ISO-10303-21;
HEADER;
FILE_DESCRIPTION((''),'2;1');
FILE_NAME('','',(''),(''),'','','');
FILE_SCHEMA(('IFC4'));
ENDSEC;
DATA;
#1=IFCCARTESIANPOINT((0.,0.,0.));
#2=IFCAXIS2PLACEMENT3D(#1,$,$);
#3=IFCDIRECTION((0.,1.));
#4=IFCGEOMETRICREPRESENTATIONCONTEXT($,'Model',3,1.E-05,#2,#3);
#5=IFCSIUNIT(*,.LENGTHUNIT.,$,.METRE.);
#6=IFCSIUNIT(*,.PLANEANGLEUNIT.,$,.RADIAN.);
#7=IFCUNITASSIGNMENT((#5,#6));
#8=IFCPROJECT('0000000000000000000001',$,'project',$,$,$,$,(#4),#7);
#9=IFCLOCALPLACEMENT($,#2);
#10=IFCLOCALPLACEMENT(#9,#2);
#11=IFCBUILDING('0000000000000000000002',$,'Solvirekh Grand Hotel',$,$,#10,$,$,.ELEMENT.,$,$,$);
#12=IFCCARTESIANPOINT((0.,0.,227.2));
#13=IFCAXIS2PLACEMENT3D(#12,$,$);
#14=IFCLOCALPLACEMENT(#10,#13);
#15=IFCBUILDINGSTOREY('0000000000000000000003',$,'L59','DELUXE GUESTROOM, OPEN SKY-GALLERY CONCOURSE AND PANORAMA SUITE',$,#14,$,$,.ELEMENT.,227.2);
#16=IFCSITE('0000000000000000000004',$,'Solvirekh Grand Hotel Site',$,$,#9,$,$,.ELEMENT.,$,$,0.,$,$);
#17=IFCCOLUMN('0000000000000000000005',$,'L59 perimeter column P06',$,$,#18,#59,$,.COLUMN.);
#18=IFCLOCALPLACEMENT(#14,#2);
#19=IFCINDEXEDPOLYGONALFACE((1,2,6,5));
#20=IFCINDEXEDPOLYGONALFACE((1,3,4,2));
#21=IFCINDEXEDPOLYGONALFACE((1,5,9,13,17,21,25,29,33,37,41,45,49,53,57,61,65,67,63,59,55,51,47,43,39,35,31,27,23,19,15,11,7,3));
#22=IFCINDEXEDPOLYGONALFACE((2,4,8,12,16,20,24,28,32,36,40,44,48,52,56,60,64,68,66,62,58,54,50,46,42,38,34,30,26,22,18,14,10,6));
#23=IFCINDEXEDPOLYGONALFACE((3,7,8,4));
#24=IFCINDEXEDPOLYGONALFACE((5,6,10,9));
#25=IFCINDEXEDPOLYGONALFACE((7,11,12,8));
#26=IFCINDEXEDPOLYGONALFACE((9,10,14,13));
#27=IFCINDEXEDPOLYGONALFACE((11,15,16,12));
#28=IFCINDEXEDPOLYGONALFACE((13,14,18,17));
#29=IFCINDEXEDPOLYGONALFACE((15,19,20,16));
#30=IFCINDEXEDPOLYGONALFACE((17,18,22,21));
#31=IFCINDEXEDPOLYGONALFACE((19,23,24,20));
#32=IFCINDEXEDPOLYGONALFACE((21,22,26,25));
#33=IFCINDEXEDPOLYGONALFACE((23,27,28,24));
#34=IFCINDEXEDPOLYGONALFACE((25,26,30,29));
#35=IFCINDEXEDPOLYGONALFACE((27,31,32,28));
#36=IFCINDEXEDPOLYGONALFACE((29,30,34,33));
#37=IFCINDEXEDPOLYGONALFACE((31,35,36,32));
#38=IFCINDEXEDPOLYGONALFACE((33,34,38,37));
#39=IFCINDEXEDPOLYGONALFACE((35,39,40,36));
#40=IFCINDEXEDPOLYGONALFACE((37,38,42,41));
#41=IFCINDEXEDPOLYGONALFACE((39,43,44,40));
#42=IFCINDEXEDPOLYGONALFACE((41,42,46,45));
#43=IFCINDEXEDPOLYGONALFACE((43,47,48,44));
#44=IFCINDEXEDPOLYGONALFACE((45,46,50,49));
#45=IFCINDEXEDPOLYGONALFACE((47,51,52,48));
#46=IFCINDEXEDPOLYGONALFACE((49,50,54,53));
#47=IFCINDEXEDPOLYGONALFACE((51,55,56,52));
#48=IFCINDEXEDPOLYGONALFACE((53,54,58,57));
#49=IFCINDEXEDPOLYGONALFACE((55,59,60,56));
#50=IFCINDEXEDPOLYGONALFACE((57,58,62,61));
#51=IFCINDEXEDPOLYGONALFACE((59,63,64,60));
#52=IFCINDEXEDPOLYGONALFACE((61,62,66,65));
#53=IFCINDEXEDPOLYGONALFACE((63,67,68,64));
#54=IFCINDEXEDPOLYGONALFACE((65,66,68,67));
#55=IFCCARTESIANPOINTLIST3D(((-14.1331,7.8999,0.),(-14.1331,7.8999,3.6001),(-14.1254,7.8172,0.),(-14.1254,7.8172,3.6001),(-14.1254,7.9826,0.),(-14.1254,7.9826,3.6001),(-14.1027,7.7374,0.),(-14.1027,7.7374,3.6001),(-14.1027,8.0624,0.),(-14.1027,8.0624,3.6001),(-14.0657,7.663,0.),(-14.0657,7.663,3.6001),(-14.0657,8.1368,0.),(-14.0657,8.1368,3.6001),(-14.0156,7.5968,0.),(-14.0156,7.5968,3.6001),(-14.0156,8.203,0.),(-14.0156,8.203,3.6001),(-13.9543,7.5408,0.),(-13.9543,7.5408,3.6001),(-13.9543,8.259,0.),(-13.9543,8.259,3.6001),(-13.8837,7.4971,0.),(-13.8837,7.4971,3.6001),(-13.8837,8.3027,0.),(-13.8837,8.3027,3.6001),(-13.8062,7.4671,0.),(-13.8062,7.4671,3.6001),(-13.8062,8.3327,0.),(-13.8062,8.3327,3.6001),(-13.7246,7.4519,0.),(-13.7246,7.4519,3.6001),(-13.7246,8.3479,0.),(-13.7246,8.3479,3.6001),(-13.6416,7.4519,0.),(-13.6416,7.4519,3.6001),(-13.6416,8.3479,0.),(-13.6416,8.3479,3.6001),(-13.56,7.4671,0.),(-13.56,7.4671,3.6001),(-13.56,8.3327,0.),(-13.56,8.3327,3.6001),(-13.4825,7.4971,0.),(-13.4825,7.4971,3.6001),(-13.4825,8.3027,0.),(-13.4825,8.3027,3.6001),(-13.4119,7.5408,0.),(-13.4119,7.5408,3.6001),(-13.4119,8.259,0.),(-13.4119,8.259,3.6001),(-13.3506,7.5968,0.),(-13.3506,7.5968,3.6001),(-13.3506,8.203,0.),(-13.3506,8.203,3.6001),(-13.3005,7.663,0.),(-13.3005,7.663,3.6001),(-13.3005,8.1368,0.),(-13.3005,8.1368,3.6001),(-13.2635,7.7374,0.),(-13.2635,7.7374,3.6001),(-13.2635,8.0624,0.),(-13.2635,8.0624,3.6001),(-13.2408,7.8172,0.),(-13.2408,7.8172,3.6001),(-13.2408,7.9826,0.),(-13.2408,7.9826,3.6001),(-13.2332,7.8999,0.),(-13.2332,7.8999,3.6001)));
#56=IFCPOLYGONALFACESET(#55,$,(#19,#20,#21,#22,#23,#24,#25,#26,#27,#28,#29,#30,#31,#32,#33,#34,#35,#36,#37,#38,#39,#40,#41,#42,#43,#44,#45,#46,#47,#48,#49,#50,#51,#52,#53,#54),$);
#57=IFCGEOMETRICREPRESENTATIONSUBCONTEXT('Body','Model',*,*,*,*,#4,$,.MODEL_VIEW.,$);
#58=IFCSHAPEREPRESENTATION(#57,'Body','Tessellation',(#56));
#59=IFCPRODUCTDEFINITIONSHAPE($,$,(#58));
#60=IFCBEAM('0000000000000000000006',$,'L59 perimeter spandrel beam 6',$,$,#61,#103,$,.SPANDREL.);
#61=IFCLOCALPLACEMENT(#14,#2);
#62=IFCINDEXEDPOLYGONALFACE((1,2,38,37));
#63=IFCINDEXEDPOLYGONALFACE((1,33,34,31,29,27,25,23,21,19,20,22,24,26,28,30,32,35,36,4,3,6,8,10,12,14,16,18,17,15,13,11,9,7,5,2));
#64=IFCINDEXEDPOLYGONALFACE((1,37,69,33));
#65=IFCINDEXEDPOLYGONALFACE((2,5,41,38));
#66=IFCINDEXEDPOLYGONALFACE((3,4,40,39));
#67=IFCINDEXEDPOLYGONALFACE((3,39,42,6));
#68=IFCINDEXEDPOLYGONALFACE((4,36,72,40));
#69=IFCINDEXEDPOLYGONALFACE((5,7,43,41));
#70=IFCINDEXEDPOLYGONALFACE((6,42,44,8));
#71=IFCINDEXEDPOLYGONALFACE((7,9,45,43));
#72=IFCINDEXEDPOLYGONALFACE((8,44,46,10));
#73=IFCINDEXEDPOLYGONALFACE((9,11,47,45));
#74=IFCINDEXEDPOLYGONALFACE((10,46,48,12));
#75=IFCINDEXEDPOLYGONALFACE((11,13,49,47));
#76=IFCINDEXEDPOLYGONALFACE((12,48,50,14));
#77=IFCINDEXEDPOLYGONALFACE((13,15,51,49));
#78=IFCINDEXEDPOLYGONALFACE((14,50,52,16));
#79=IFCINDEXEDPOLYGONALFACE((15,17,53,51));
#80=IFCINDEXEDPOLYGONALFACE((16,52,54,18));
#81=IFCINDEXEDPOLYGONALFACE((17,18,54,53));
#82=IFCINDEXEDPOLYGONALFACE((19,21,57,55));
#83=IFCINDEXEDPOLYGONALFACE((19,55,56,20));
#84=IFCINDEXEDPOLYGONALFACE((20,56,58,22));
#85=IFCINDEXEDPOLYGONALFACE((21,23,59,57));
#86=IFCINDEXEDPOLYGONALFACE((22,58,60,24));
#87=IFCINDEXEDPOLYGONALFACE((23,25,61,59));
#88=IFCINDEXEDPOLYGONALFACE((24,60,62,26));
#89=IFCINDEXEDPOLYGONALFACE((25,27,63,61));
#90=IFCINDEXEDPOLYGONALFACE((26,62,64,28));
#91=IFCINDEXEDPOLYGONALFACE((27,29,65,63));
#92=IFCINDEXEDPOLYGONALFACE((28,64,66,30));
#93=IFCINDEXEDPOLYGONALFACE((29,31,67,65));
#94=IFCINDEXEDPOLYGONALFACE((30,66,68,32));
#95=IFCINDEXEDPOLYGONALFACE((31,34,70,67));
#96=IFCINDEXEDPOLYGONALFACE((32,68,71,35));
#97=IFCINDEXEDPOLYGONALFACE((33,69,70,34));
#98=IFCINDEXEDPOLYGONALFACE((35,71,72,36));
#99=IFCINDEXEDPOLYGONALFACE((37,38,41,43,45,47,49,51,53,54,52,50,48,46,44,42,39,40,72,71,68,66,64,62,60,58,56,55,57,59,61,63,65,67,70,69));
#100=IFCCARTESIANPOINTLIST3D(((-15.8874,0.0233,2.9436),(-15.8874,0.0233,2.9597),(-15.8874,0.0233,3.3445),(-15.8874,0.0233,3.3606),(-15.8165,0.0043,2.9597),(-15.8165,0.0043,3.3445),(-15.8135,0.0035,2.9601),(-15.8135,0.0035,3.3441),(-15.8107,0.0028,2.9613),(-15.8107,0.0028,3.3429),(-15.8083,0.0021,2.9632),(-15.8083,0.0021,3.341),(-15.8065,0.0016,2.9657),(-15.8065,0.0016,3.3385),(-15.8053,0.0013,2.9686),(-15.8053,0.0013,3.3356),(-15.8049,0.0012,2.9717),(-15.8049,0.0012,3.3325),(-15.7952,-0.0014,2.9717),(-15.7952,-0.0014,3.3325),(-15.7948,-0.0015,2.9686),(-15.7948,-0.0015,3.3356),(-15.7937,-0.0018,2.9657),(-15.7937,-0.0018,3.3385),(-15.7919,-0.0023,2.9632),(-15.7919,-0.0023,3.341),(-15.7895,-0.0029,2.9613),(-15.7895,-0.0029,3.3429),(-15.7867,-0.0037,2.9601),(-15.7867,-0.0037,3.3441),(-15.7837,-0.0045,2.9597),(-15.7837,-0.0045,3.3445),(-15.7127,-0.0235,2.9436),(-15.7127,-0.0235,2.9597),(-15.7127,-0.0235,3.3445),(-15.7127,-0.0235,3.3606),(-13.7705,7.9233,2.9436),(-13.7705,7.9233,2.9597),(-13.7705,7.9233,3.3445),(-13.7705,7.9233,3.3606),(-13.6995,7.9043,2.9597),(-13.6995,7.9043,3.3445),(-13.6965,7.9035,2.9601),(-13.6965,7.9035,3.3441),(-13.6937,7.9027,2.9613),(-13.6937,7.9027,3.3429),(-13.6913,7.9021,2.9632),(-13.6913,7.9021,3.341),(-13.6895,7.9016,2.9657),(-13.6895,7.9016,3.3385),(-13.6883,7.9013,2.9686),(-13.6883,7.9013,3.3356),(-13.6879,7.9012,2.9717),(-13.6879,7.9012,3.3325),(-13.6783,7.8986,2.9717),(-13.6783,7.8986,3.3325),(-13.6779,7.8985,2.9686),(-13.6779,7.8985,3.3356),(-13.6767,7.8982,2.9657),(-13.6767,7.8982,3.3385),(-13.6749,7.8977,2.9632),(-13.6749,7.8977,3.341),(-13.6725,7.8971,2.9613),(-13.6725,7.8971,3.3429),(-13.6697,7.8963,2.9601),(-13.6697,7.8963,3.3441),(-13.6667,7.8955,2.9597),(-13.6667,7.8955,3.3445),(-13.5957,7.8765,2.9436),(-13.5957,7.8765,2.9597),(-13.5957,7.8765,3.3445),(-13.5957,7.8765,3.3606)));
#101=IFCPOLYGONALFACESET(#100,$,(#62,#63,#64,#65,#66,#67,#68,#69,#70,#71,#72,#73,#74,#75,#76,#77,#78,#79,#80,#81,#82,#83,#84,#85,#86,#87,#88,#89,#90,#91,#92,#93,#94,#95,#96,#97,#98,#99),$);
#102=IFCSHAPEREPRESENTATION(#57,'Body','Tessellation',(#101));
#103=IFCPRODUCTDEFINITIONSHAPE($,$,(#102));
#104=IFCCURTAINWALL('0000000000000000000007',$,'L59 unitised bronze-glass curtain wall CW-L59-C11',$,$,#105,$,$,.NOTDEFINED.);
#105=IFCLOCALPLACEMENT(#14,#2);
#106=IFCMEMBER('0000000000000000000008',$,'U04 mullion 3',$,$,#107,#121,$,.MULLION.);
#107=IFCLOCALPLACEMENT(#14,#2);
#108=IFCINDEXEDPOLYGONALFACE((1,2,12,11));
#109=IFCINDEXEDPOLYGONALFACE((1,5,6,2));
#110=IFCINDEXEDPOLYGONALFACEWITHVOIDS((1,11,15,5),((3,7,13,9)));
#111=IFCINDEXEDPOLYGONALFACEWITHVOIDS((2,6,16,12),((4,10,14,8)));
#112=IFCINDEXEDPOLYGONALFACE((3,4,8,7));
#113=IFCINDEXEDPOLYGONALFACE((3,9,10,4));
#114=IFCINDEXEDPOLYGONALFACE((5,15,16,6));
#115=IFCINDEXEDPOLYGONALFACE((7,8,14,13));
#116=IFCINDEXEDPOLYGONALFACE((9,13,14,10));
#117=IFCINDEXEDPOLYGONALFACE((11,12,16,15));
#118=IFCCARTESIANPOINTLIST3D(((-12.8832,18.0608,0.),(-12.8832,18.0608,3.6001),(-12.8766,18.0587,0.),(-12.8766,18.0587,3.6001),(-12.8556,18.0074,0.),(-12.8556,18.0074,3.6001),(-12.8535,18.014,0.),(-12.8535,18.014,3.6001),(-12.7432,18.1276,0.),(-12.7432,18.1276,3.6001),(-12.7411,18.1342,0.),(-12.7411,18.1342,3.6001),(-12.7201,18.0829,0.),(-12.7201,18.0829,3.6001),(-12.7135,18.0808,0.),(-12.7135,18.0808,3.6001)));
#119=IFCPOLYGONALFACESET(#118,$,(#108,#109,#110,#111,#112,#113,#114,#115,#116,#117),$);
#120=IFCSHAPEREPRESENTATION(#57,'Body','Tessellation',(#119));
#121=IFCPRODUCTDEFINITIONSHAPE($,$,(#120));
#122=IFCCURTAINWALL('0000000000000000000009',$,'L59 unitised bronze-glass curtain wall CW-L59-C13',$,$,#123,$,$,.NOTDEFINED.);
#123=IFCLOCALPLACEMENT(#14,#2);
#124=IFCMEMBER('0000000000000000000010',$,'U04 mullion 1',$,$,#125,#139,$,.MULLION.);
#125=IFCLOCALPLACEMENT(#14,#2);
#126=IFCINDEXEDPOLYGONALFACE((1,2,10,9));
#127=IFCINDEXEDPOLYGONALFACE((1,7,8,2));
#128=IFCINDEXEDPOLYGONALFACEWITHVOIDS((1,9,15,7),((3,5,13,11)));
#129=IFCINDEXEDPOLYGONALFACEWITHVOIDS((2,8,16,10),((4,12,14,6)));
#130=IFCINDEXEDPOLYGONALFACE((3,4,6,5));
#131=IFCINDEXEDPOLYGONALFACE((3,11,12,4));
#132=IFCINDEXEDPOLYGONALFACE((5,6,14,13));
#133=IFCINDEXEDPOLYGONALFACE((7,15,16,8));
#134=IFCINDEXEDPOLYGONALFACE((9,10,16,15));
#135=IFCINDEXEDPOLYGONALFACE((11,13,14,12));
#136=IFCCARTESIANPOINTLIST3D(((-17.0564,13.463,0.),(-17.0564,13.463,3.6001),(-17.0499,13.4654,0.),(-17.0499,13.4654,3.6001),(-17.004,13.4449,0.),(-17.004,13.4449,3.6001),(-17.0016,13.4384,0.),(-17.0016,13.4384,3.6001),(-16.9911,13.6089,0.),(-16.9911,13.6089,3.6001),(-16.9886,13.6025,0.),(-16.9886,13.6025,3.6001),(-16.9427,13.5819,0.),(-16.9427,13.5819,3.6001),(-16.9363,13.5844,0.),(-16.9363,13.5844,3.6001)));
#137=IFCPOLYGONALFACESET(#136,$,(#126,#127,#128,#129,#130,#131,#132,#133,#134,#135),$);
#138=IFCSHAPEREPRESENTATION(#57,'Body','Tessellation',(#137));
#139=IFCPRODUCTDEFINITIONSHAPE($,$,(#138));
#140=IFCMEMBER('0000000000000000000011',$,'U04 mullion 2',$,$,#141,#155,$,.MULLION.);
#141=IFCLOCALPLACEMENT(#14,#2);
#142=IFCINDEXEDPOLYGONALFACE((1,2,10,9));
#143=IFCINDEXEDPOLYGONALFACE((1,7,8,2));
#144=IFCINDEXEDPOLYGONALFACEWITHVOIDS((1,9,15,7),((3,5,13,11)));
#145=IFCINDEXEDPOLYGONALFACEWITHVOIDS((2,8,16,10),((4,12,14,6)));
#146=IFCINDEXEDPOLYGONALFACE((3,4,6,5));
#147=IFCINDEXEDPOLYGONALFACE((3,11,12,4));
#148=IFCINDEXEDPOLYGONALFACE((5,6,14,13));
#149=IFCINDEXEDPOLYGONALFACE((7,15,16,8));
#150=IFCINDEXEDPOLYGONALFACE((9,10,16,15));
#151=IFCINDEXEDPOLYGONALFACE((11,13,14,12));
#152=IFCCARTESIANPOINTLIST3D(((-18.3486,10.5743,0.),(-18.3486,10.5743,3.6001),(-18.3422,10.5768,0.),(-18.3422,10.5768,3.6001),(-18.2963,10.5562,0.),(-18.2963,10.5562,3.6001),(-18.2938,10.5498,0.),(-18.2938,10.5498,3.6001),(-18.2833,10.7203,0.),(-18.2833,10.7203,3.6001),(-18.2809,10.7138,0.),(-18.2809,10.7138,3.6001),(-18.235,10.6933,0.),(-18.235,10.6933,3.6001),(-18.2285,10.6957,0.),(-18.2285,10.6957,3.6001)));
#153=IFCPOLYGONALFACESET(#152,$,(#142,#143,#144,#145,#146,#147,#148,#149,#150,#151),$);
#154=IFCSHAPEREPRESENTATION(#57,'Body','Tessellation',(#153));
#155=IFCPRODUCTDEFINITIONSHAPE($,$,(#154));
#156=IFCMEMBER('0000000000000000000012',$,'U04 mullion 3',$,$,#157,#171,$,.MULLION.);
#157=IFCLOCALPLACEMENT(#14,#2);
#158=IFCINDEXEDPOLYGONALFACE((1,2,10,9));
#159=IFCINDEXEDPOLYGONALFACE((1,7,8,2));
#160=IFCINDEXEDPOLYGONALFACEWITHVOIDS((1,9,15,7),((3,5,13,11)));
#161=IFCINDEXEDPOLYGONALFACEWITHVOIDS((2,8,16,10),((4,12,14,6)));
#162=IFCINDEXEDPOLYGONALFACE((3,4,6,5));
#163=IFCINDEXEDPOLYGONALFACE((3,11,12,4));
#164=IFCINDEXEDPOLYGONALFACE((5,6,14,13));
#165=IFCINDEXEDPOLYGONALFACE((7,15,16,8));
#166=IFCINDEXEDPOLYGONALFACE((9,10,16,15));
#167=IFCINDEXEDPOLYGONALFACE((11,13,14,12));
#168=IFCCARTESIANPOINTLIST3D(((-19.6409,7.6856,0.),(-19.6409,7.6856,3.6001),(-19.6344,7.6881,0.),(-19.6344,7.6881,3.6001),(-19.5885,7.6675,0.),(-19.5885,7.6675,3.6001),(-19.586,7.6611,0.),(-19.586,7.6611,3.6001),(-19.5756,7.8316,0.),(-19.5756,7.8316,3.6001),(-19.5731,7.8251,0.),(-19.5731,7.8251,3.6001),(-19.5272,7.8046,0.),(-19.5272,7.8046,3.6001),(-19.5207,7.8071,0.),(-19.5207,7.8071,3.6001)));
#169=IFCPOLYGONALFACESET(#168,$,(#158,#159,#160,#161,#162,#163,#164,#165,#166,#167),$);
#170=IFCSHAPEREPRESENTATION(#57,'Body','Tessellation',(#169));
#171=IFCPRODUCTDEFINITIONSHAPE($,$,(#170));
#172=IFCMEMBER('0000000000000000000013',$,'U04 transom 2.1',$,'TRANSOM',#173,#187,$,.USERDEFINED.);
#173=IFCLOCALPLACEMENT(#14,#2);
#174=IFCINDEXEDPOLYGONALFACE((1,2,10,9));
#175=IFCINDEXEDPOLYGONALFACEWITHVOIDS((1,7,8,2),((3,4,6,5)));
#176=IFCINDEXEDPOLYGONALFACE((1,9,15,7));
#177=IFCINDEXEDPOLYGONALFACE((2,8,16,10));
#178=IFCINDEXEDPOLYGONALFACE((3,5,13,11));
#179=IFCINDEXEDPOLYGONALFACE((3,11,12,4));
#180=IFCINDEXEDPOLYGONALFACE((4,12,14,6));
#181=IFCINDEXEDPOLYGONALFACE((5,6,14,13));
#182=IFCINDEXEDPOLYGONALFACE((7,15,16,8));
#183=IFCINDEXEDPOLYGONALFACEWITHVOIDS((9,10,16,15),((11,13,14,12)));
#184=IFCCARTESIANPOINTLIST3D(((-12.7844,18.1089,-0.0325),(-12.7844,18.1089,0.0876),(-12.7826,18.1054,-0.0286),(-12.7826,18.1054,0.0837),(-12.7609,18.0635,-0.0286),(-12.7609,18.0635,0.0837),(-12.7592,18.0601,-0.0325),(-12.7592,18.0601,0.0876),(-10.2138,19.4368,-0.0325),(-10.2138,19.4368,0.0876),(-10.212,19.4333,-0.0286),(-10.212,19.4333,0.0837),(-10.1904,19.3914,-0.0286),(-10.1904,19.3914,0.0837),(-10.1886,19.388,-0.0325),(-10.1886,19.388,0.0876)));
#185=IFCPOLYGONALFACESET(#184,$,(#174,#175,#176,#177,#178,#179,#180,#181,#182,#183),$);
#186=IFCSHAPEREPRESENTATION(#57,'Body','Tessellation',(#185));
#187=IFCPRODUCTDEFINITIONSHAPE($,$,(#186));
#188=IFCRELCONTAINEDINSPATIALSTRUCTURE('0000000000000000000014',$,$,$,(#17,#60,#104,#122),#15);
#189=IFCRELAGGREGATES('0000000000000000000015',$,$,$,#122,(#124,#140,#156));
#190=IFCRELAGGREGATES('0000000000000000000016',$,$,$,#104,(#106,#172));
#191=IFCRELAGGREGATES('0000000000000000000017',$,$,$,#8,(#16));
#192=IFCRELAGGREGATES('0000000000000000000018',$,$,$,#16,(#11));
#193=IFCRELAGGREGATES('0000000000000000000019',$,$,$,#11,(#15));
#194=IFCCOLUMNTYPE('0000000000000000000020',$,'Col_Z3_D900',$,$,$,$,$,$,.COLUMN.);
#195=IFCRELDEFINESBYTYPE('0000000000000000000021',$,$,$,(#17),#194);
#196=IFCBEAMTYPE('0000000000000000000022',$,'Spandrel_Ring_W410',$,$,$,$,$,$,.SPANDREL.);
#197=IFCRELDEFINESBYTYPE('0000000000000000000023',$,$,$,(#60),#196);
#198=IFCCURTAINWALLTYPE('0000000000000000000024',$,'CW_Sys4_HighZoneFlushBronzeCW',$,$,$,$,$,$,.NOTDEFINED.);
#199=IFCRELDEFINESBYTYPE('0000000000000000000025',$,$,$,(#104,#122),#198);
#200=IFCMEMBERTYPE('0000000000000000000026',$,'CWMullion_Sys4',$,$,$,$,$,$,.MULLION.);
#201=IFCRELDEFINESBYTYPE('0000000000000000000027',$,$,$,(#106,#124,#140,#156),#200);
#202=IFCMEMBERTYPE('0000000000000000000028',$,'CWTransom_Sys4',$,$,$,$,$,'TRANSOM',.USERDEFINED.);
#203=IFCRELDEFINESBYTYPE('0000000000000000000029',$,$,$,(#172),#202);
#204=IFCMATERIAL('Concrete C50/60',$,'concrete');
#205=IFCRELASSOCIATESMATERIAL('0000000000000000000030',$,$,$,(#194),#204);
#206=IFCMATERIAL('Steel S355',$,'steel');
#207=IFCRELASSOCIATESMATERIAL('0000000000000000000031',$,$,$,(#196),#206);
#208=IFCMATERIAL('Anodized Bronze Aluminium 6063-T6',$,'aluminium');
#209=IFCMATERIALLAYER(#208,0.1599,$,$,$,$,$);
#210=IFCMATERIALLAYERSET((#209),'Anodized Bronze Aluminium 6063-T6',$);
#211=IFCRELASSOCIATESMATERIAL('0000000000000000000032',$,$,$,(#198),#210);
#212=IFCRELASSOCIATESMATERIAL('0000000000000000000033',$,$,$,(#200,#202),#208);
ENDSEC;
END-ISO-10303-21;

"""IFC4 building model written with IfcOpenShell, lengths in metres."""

from ifc_helpers import new_model, si_unit, direction, frame, origin, origin_2d, place, context, subcontext, project, spatial, hollow_rectangle, circle, i_section, extrude, source, transform, mapped, material, layer, layer_set, material_profile, profile_set, type_object, element, aggregate, save


model = new_model("IFC4")

# Units and contexts
model_context = context("Model", 3, precision=1e-05, world=origin(), true_north=direction((0.0, 1.0)))
body_context = subcontext(model_context, "Body", "Model", "MODEL_VIEW")
ifc_project = project(units=[si_unit("LENGTHUNIT", "METRE"), si_unit("PLANEANGLEUNIT", "RADIAN")], contexts=[model_context])

# Site, building, storey
site_placement = place(None, origin())
site = spatial("IfcSite", under=ifc_project, at=site_placement, Name="Solvirekh Grand Hotel Site", CompositionType="ELEMENT", RefElevation=0.0)
building_placement = place(site_placement, origin())
building = spatial("IfcBuilding", under=site, at=building_placement, Name="Solvirekh Grand Hotel", CompositionType="ELEMENT")
storey_placement = place(building_placement, frame((0.0, 0.0, 227.2)))
storey = spatial("IfcBuildingStorey", under=building, at=storey_placement, Name="L59", Description="DELUXE GUESTROOM, OPEN SKY-GALLERY CONCOURSE AND PANORAMA SUITE", CompositionType="ELEMENT", Elevation=227.2)

# Column
ifc_material_1 = material(Name="Concrete C50/60", Category="concrete")
ifc_material_profile_1 = material_profile(ifc_material_1, circle(Radius=0.45, at=origin_2d()), Name="RC CIRC D900")
ifc_profile_set_1 = profile_set([ifc_material_profile_1], Name="Concrete C50/60")
column_type = type_object("IfcColumnType", Name="Col_Z3_D900", PredefinedType="COLUMN", material=ifc_profile_set_1)
column_placement = place(storey_placement, frame((-13.6831, 7.8999, 0.0), z_axis=(0.0, 0.0, 1.0), x_axis=(1.0, 0.0, 0.0)))
element("IfcColumn", 1, at=column_placement, inside=storey, type_object=column_type, Name="L59 perimeter column P06", PredefinedType="COLUMN", context=body_context, shape_type="SweptSolid", body=[
    extrude(circle(Radius=0.45, at=origin_2d()), origin(), (0.0, 0.0, 1.0), 3.6001),
])

# Beam
ifc_material_2 = material(Name="Steel S355", Category="steel")
ifc_material_profile_2 = material_profile(ifc_material_2, i_section(OverallWidth=0.1809, OverallDepth=0.417, WebThickness=0.01, FlangeThickness=0.0161, FilletRadius=0.012, at=origin_2d()), Name="W410X85")
ifc_profile_set_2 = profile_set([ifc_material_profile_2], Name="Steel S355")
beam_type = type_object("IfcBeamType", Name="Spandrel_Ring_W410", PredefinedType="SPANDREL", material=ifc_profile_set_2)
beam_placement = place(storey_placement, frame((-13.6831, 7.8999, 3.1521), z_axis=(-0.258839, -0.965921, 0.0), x_axis=(0.965921, -0.258839, 0.0)))
element("IfcBeam", 2, at=beam_placement, inside=storey, type_object=beam_type, Name="L59 perimeter spandrel beam 6", PredefinedType="SPANDREL", context=body_context, shape_type="SweptSolid", body=[
    extrude(i_section(OverallWidth=0.1809, OverallDepth=0.417, WebThickness=0.01, FlangeThickness=0.0161, FilletRadius=0.012, at=origin_2d()), origin(), (0.0, 0.0, 1.0), 8.1787),
])

# Curtain wall, member
ifc_material_3 = material(Name="Anodized Bronze Aluminium 6063-T6", Category="aluminium")
ifc_layer_1 = layer(ifc_material_3, 0.1599)
ifc_layer_set_1 = layer_set([ifc_layer_1], Name="Anodized Bronze Aluminium 6063-T6")
curtain_wall_type = type_object("IfcCurtainWallType", Name="CW_Sys4_HighZoneFlushBronzeCW", PredefinedType="NOTDEFINED", material=ifc_layer_set_1)
curtain_wall_1_placement = place(storey_placement, origin())
curtain_wall_1 = element("IfcCurtainWall", 3, at=curtain_wall_1_placement, inside=storey, type_object=curtain_wall_type, Name="L59 unitised bronze-glass curtain wall CW-L59-C11", PredefinedType="NOTDEFINED")
ifc_material_profile_3 = material_profile(ifc_material_3, hollow_rectangle(XDim=0.0601, YDim=0.1599, WallThickness=0.0049, at=origin_2d()), Name="ALU RHS 160X60X5")
ifc_profile_set_3 = profile_set([ifc_material_profile_3], Name="Anodized Bronze Aluminium 6063-T6")
member_type_1 = type_object("IfcMemberType", Name="CWMullion_Sys4", PredefinedType="MULLION", material=ifc_profile_set_3)
shared_shape_1 = source(origin(), body_context, "Body", "SweptSolid", [
    extrude(hollow_rectangle(XDim=0.0601, YDim=0.1599, WallThickness=0.0049, at=origin_2d()), origin(), (0.0, 0.0, 1.0), 3.6001),
])
member_1_placement = place(storey_placement, frame((-12.7983, 18.0708, 0.0), z_axis=(0.0, 0.0, 1.0), x_axis=(0.458908, -0.888484, 0.0)))
member_1 = element("IfcMember", 4, at=member_1_placement, type_object=member_type_1, Name="U04 mullion 3", PredefinedType="MULLION", context=body_context, shape_type="MappedRepresentation", body=[
    mapped(shared_shape_1, transform((0.0, 0.0, 0.0), x_axis=(1.0, 0.0, 0.0), y_axis=(0.0, 1.0, 0.0), z_axis=(0.0, 0.0, 1.0), scale=1.0)),
])

# Curtain wall, members
curtain_wall_2_placement = place(storey_placement, origin())
curtain_wall_2 = element("IfcCurtainWall", 5, at=curtain_wall_2_placement, inside=storey, type_object=curtain_wall_type, Name="L59 unitised bronze-glass curtain wall CW-L59-C13", PredefinedType="NOTDEFINED")
member_2_placement = place(storey_placement, frame((-16.9963, 13.5237, 0.0), z_axis=(0.0, 0.0, 1.0), x_axis=(0.912821, -0.408359, 0.0)))
member_2 = element("IfcMember", 6, at=member_2_placement, type_object=member_type_1, Name="U04 mullion 1", PredefinedType="MULLION", context=body_context, shape_type="MappedRepresentation", body=[
    mapped(shared_shape_1, transform((0.0, 0.0, 0.0), x_axis=(1.0, 0.0, 0.0), y_axis=(0.0, 1.0, 0.0), z_axis=(0.0, 0.0, 1.0), scale=1.0)),
])
member_3_placement = place(storey_placement, frame((-18.2886, 10.635, 0.0), z_axis=(0.0, 0.0, 1.0), x_axis=(0.912821, -0.408359, 0.0)))
member_3 = element("IfcMember", 7, at=member_3_placement, type_object=member_type_1, Name="U04 mullion 2", PredefinedType="MULLION", context=body_context, shape_type="MappedRepresentation", body=[
    mapped(shared_shape_1, transform((0.0, 0.0, 0.0), x_axis=(1.0, 0.0, 0.0), y_axis=(0.0, 1.0, 0.0), z_axis=(0.0, 0.0, 1.0), scale=1.0)),
])
member_4_placement = place(storey_placement, frame((-19.5808, 7.7463, 0.0), z_axis=(0.0, 0.0, 1.0), x_axis=(0.912821, -0.408359, 0.0)))
member_4 = element("IfcMember", 8, at=member_4_placement, type_object=member_type_1, Name="U04 mullion 3", PredefinedType="MULLION", context=body_context, shape_type="MappedRepresentation", body=[
    mapped(shared_shape_1, transform((0.0, 0.0, 0.0), x_axis=(1.0, 0.0, 0.0), y_axis=(0.0, 1.0, 0.0), z_axis=(0.0, 0.0, 1.0), scale=1.0)),
])

# Member
ifc_material_profile_4 = material_profile(ifc_material_3, hollow_rectangle(XDim=0.0549, YDim=0.1201, WallThickness=0.0039, at=origin_2d()), Name="ALU RHS 120X55X4")
ifc_profile_set_4 = profile_set([ifc_material_profile_4], Name="Anodized Bronze Aluminium 6063-T6")
member_type_2 = type_object("IfcMemberType", Name="CWTransom_Sys4", ElementType="TRANSOM", PredefinedType="USERDEFINED", material=ifc_profile_set_4)
shared_shape_2 = source(origin(), body_context, "Body", "SweptSolid", [
    extrude(hollow_rectangle(XDim=0.0549, YDim=0.1201, WallThickness=0.0039, at=origin_2d()), origin(), (0.0, 0.0, 1.0), 2.8933),
])
member_5_placement = place(storey_placement, frame((-10.2012, 19.4124, 0.0276), z_axis=(-0.88846, -0.458955, 0.0), x_axis=(0.458955, -0.88846, 0.0)))
member_5 = element("IfcMember", 9, at=member_5_placement, type_object=member_type_2, Name="U04 transom 2.1", ObjectType="TRANSOM", PredefinedType="USERDEFINED", context=body_context, shape_type="MappedRepresentation", body=[
    mapped(shared_shape_2, transform((0.0, 0.0, 0.0), x_axis=(1.0, 0.0, 0.0), y_axis=(0.0, 1.0, 0.0), z_axis=(0.0, 0.0, 1.0), scale=1.0)),
])

aggregate(curtain_wall_2, [member_2, member_3, member_4])
aggregate(curtain_wall_1, [member_1, member_5])

save(model, "model.ifc")
